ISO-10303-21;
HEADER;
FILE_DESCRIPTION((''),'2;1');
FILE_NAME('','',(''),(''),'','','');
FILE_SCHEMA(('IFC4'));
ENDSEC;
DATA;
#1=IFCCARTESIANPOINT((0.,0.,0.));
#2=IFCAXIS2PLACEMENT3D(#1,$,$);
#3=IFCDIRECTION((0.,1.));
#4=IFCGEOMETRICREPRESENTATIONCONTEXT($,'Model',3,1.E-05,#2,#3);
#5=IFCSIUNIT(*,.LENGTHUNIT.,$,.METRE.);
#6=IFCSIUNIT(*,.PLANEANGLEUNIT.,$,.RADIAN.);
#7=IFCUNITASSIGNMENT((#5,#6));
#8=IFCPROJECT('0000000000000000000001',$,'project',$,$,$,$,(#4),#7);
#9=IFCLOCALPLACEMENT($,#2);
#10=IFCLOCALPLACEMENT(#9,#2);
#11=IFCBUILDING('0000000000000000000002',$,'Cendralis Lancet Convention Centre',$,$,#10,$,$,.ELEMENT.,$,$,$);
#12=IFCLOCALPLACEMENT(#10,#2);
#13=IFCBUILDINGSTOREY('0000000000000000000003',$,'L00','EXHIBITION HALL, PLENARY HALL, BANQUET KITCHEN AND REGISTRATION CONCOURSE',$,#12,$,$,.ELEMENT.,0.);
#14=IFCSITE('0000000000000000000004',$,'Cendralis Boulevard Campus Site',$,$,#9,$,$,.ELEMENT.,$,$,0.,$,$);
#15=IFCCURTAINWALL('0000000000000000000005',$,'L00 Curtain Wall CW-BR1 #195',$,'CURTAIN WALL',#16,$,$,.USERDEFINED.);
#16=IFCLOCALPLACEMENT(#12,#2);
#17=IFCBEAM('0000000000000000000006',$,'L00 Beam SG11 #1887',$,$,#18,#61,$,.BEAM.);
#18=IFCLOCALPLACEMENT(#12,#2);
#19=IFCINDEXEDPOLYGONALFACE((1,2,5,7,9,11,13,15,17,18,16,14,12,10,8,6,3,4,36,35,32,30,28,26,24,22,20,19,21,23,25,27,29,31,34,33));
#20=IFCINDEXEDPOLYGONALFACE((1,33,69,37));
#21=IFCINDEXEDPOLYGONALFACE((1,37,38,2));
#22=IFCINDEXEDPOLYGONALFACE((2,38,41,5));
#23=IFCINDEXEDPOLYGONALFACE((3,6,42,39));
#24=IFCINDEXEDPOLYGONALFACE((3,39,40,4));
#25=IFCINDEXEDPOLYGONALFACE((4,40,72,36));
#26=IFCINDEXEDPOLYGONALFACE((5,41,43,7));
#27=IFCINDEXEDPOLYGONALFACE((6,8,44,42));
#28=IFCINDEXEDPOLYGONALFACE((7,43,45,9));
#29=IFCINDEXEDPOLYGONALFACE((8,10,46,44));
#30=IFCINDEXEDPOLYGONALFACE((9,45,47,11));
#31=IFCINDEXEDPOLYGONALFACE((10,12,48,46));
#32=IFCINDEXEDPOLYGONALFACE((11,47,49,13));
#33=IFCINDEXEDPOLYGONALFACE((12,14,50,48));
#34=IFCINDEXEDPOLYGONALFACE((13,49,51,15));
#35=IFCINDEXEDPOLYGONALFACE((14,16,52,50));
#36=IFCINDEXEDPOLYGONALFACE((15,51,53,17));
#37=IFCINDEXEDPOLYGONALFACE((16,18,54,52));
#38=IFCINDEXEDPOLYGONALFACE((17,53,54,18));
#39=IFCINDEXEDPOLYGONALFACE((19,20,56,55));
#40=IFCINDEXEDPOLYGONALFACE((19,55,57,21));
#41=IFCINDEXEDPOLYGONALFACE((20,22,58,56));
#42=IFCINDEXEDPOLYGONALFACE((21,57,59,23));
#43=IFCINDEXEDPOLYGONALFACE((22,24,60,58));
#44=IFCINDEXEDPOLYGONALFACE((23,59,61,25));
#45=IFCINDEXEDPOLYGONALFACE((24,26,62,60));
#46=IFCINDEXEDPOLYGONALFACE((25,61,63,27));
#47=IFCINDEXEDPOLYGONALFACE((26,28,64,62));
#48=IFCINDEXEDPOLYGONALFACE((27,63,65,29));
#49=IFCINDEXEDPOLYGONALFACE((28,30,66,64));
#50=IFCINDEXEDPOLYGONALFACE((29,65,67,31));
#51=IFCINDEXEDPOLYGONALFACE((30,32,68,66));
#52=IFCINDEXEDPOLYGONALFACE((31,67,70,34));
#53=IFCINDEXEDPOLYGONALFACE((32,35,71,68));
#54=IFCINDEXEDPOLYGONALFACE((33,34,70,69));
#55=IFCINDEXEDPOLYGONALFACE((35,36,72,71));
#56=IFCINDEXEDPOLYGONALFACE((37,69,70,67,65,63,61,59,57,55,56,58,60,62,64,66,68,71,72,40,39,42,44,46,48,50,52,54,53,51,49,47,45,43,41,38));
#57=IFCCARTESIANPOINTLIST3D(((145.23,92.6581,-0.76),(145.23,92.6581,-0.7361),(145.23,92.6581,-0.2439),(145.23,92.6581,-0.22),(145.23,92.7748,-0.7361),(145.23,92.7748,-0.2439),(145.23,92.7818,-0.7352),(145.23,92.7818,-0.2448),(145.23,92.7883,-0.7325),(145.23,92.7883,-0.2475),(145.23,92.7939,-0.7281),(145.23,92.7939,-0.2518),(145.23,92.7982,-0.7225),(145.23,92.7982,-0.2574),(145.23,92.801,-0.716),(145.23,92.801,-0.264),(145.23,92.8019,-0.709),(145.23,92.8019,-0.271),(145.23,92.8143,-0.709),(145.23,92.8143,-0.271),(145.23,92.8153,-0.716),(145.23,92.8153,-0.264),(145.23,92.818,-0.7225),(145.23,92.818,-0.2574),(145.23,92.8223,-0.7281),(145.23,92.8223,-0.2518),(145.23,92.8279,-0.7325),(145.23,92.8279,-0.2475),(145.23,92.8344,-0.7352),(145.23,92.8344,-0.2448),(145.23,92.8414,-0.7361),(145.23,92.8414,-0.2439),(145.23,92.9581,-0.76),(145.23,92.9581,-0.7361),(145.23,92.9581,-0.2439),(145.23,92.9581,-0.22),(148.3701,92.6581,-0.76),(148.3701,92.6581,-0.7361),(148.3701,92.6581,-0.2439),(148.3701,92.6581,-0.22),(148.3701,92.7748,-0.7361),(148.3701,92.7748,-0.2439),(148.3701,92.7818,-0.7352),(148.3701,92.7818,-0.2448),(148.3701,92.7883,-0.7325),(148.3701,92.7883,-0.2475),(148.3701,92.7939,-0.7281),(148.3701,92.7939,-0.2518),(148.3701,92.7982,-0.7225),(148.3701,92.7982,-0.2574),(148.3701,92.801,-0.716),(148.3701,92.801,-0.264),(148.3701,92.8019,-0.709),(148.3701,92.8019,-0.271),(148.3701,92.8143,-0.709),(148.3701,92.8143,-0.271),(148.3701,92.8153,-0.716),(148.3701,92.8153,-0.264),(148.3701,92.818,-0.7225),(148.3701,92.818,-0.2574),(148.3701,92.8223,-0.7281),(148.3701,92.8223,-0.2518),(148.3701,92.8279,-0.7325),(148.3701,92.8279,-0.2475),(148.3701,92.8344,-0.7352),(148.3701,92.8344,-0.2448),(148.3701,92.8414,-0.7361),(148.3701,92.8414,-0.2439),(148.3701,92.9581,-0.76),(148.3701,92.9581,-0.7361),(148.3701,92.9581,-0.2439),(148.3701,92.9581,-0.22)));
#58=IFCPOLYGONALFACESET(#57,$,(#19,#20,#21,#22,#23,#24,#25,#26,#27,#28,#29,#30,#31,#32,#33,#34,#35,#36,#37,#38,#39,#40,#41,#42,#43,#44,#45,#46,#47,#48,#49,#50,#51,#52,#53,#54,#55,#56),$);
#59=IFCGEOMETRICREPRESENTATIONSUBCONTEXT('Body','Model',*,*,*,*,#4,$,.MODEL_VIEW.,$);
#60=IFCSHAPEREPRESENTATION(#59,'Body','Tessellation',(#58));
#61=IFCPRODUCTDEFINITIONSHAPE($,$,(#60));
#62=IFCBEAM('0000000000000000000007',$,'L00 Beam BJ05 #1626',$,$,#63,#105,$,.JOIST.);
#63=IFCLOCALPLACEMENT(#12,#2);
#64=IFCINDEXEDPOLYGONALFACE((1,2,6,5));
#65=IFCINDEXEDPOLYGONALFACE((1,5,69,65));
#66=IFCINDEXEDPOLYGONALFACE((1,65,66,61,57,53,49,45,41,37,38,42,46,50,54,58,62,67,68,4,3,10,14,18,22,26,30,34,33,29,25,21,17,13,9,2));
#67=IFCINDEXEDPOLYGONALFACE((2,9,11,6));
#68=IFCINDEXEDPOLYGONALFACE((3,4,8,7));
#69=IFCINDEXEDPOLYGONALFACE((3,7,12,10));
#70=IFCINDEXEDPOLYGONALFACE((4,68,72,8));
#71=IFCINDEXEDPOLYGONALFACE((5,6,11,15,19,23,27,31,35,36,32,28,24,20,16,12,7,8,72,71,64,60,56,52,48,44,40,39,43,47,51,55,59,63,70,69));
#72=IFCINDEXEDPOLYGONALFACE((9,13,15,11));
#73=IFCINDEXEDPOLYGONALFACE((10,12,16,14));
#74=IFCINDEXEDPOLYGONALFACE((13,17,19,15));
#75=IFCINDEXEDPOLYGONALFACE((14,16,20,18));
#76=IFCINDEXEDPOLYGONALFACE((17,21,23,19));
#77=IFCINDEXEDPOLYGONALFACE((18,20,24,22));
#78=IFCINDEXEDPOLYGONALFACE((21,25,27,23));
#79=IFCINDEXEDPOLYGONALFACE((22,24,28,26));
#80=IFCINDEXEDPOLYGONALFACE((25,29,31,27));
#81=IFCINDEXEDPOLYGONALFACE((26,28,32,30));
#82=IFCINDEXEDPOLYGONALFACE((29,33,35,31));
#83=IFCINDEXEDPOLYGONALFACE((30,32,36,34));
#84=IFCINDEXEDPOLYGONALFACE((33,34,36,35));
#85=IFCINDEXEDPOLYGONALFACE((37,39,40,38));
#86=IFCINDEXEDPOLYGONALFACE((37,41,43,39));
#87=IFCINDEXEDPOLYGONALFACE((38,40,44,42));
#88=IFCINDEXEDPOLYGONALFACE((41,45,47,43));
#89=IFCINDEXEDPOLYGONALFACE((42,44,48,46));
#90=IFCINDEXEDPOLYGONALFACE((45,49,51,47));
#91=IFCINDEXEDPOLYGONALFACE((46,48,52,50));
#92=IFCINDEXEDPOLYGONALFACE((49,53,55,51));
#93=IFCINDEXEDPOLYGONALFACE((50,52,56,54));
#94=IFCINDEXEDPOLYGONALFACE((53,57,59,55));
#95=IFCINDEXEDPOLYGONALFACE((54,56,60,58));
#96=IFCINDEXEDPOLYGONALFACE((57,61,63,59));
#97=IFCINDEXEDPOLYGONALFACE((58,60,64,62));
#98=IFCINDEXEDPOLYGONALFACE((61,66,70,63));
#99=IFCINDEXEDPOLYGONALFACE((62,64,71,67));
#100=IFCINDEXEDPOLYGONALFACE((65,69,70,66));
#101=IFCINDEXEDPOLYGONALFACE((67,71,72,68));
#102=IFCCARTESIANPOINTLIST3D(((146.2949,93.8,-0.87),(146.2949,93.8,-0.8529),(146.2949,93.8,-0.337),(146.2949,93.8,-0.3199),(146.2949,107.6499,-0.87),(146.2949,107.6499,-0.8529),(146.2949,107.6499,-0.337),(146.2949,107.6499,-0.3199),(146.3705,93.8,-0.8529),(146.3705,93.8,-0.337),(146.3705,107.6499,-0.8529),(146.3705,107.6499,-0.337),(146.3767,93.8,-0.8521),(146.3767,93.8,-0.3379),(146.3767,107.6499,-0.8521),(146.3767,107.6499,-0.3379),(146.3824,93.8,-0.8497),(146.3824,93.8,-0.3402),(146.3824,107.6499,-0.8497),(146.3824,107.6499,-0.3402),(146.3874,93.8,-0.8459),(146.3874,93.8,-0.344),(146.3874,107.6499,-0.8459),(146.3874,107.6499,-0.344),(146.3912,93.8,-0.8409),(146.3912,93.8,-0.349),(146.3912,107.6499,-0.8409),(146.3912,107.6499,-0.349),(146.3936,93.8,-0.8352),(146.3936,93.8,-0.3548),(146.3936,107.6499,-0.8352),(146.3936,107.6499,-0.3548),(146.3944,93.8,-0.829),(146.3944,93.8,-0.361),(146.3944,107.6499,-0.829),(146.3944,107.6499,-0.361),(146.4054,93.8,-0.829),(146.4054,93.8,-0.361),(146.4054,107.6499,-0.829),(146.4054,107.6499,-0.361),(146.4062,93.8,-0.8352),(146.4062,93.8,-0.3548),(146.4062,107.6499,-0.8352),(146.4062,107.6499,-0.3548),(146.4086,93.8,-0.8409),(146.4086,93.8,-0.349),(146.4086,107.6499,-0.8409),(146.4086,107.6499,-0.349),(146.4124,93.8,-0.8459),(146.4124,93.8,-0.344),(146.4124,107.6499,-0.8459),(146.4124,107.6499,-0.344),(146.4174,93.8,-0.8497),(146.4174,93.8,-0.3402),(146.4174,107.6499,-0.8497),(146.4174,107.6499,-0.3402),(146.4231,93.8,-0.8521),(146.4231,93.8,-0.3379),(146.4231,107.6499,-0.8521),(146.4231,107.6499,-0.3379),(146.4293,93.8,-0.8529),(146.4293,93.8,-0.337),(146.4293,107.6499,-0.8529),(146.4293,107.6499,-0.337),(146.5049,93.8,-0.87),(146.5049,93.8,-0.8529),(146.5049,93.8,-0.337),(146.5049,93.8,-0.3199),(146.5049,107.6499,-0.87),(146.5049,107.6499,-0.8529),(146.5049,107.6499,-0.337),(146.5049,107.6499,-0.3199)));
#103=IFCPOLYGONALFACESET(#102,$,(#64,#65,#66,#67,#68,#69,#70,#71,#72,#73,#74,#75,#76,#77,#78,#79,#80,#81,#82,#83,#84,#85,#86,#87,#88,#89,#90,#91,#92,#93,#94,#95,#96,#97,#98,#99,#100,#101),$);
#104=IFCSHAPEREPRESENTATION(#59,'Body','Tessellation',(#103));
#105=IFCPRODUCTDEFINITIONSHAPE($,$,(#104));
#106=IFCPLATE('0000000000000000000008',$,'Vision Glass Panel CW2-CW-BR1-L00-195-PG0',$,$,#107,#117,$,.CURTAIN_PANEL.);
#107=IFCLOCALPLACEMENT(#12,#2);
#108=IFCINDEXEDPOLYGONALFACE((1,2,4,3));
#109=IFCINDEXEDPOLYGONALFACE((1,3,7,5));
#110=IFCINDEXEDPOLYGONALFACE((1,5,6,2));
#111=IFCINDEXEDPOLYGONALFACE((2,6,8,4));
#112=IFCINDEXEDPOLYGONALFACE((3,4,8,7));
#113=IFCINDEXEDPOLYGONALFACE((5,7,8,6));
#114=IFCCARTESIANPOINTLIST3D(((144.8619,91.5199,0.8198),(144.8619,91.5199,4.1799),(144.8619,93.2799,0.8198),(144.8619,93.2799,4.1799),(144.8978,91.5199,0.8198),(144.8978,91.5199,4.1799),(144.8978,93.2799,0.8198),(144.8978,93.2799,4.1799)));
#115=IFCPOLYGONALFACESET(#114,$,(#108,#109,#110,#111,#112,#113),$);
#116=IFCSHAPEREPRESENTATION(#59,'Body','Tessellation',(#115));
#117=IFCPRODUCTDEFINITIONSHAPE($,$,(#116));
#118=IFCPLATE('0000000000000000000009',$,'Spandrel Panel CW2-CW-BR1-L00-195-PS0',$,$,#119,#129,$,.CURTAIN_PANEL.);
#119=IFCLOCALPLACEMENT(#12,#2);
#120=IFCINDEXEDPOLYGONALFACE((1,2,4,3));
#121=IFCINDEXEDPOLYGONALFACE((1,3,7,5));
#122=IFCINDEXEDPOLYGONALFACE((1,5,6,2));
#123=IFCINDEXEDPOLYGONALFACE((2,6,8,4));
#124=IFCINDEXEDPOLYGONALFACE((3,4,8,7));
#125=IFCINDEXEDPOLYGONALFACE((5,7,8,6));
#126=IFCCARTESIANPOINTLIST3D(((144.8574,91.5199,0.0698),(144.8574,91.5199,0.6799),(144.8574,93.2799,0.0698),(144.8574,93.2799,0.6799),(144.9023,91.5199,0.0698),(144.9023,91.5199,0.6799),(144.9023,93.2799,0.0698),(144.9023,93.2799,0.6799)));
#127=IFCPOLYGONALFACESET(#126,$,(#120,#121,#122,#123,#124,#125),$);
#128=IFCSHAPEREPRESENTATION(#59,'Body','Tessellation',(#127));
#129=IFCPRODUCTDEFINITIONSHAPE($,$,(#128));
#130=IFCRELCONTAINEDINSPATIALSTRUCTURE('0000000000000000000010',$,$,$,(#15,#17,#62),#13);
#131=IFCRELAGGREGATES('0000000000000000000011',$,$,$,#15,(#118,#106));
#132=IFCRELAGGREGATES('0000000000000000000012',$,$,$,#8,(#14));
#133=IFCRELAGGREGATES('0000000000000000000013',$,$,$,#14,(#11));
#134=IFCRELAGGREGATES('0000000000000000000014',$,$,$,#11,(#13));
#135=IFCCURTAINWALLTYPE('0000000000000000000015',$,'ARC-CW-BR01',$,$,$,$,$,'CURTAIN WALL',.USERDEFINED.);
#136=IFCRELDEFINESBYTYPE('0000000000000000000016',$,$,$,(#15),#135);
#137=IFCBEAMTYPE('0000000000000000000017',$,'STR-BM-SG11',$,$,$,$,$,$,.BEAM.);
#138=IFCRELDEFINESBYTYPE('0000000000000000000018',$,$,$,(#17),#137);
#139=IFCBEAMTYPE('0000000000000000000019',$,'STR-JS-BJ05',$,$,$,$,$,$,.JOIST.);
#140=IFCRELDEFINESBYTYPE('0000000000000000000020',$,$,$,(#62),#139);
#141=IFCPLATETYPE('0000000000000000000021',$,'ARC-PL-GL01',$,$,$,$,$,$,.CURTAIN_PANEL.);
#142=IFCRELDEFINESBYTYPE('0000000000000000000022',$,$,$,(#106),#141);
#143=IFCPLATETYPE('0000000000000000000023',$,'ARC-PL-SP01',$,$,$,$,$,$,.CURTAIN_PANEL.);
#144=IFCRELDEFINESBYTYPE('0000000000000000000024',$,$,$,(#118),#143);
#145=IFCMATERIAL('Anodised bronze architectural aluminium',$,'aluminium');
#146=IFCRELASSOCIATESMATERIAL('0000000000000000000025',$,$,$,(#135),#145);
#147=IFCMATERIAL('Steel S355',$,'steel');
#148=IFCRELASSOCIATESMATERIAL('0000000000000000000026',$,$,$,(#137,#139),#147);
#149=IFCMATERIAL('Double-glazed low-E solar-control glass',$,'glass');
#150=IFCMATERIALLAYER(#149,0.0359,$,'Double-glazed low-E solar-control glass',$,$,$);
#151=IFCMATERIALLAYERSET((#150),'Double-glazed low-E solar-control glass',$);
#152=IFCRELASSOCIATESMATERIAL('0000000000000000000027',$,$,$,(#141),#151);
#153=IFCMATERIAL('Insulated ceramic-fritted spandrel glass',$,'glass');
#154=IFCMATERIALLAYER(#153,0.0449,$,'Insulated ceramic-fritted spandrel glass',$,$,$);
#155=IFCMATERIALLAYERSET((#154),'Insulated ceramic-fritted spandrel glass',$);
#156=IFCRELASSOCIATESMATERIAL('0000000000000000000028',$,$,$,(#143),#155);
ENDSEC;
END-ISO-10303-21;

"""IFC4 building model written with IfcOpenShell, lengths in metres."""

from ifc_helpers import new_model, si_unit, direction, frame, origin, origin_2d, place, context, subcontext, project, spatial, rectangle, i_section, extrude, material, layer, layer_set, material_profile, profile_set, type_object, element, aggregate, save


model = new_model("IFC4")

# Units and contexts
model_context = context("Model", 3, precision=1e-05, world=origin(), true_north=direction((0.0, 1.0)))
body_context = subcontext(model_context, "Body", "Model", "MODEL_VIEW")
ifc_project = project(units=[si_unit("LENGTHUNIT", "METRE"), si_unit("PLANEANGLEUNIT", "RADIAN")], contexts=[model_context])

# Site, building, storey
site_placement = place(None, origin())
site = spatial("IfcSite", under=ifc_project, at=site_placement, Name="Cendralis Boulevard Campus Site", CompositionType="ELEMENT", RefElevation=0.0)
building_placement = place(site_placement, origin())
building = spatial("IfcBuilding", under=site, at=building_placement, Name="Cendralis Lancet Convention Centre", CompositionType="ELEMENT")
storey_placement = place(building_placement, origin())
storey = spatial("IfcBuildingStorey", under=building, at=storey_placement, Name="L00", Description="EXHIBITION HALL, PLENARY HALL, BANQUET KITCHEN AND REGISTRATION CONCOURSE", CompositionType="ELEMENT", Elevation=0.0)

# Curtain wall
ifc_material_1 = material(Name="Anodised bronze architectural aluminium", Category="aluminium")
curtain_wall_type = type_object("IfcCurtainWallType", Name="ARC-CW-BR01", ElementType="CURTAIN WALL", PredefinedType="USERDEFINED", material=ifc_material_1)
curtain_wall_placement = place(storey_placement, origin())
curtain_wall = element("IfcCurtainWall", 1, at=curtain_wall_placement, inside=storey, type_object=curtain_wall_type, Name="L00 Curtain Wall CW-BR1 #195", ObjectType="CURTAIN WALL", PredefinedType="USERDEFINED")

# Beams
ifc_material_2 = material(Name="Steel S355", Category="steel")
ifc_material_profile_1 = material_profile(ifc_material_2, i_section(OverallWidth=0.3, OverallDepth=0.54, WebThickness=0.0125, FlangeThickness=0.0239, FilletRadius=0.0271, at=origin_2d()), Name="HEA 550")
ifc_profile_set_1 = profile_set([ifc_material_profile_1], Name="Steel S355")
beam_type_1 = type_object("IfcBeamType", Name="STR-BM-SG11", PredefinedType="BEAM", material=ifc_profile_set_1)
for number, where, z_axis, x_axis, name in (
    (2, (145.23, 92.8081, -0.49), (1.0, 0.0, 0.0), (0.0, 1.0, 0.0), "L00 Beam SG11 #1887"),
):
    element("IfcBeam", number, at=place(storey_placement, frame(where, z_axis=z_axis, x_axis=x_axis)), inside=storey, type_object=beam_type_1, Name=name, PredefinedType="BEAM", context=body_context, shape_type="SweptSolid", body=[
        extrude(i_section(OverallWidth=0.3, OverallDepth=0.54, WebThickness=0.0125, FlangeThickness=0.0239, FilletRadius=0.0271, at=origin_2d()), origin(), (0.0, 0.0, 1.0), 3.1401),
    ])
ifc_material_profile_2 = material_profile(ifc_material_2, i_section(OverallWidth=0.21, OverallDepth=0.55, WebThickness=0.011, FlangeThickness=0.0171, FilletRadius=0.0239, at=origin_2d()), Name="IPE 550")
ifc_profile_set_2 = profile_set([ifc_material_profile_2], Name="Steel S355")
beam_type_2 = type_object("IfcBeamType", Name="STR-JS-BJ05", PredefinedType="JOIST", material=ifc_profile_set_2)
beam_placement = place(storey_placement, frame((146.3999, 93.8, -0.595), z_axis=(0.0, 1.0, 0.0), x_axis=(-1.0, 0.0, 0.0)))
element("IfcBeam", 3, at=beam_placement, inside=storey, type_object=beam_type_2, Name="L00 Beam BJ05 #1626", PredefinedType="JOIST", context=body_context, shape_type="SweptSolid", body=[
    extrude(i_section(OverallWidth=0.21, OverallDepth=0.55, WebThickness=0.011, FlangeThickness=0.0171, FilletRadius=0.0239, at=origin_2d()), origin(), (0.0, 0.0, 1.0), 13.8499),
])

# Plates
ifc_material_3 = material(Name="Double-glazed low-E solar-control glass", Category="glass")
ifc_layer_1 = layer(ifc_material_3, 0.0359, Name="Double-glazed low-E solar-control glass")
ifc_layer_set_1 = layer_set([ifc_layer_1], Name="Double-glazed low-E solar-control glass")
plate_type_1 = type_object("IfcPlateType", Name="ARC-PL-GL01", PredefinedType="CURTAIN_PANEL", material=ifc_layer_set_1)
plate_1_placement = place(storey_placement, frame((144.8799, 92.3999, 0.8198), z_axis=(0.0, 0.0, 1.0), x_axis=(0.0, 1.0, 0.0)))
plate_1 = element("IfcPlate", 4, at=plate_1_placement, type_object=plate_type_1, Name="Vision Glass Panel CW2-CW-BR1-L00-195-PG0", PredefinedType="CURTAIN_PANEL", context=body_context, shape_type="SweptSolid", body=[
    extrude(rectangle(XDim=1.76, YDim=0.0359, at=origin_2d()), origin(), (0.0, 0.0, 1.0), 3.3601),
])
ifc_material_4 = material(Name="Insulated ceramic-fritted spandrel glass", Category="glass")
ifc_layer_2 = layer(ifc_material_4, 0.0449, Name="Insulated ceramic-fritted spandrel glass")
ifc_layer_set_2 = layer_set([ifc_layer_2], Name="Insulated ceramic-fritted spandrel glass")
plate_type_2 = type_object("IfcPlateType", Name="ARC-PL-SP01", PredefinedType="CURTAIN_PANEL", material=ifc_layer_set_2)
plate_2_placement = place(storey_placement, frame((144.8799, 92.3999, 0.0698), z_axis=(0.0, 0.0, 1.0), x_axis=(0.0, 1.0, 0.0)))
plate_2 = element("IfcPlate", 5, at=plate_2_placement, type_object=plate_type_2, Name="Spandrel Panel CW2-CW-BR1-L00-195-PS0", PredefinedType="CURTAIN_PANEL", context=body_context, shape_type="SweptSolid", body=[
    extrude(rectangle(XDim=1.76, YDim=0.0449, at=origin_2d()), origin(), (0.0, 0.0, 1.0), 0.6101),
])
aggregate(curtain_wall, [plate_2, plate_1])

save(model, "model.ifc")
